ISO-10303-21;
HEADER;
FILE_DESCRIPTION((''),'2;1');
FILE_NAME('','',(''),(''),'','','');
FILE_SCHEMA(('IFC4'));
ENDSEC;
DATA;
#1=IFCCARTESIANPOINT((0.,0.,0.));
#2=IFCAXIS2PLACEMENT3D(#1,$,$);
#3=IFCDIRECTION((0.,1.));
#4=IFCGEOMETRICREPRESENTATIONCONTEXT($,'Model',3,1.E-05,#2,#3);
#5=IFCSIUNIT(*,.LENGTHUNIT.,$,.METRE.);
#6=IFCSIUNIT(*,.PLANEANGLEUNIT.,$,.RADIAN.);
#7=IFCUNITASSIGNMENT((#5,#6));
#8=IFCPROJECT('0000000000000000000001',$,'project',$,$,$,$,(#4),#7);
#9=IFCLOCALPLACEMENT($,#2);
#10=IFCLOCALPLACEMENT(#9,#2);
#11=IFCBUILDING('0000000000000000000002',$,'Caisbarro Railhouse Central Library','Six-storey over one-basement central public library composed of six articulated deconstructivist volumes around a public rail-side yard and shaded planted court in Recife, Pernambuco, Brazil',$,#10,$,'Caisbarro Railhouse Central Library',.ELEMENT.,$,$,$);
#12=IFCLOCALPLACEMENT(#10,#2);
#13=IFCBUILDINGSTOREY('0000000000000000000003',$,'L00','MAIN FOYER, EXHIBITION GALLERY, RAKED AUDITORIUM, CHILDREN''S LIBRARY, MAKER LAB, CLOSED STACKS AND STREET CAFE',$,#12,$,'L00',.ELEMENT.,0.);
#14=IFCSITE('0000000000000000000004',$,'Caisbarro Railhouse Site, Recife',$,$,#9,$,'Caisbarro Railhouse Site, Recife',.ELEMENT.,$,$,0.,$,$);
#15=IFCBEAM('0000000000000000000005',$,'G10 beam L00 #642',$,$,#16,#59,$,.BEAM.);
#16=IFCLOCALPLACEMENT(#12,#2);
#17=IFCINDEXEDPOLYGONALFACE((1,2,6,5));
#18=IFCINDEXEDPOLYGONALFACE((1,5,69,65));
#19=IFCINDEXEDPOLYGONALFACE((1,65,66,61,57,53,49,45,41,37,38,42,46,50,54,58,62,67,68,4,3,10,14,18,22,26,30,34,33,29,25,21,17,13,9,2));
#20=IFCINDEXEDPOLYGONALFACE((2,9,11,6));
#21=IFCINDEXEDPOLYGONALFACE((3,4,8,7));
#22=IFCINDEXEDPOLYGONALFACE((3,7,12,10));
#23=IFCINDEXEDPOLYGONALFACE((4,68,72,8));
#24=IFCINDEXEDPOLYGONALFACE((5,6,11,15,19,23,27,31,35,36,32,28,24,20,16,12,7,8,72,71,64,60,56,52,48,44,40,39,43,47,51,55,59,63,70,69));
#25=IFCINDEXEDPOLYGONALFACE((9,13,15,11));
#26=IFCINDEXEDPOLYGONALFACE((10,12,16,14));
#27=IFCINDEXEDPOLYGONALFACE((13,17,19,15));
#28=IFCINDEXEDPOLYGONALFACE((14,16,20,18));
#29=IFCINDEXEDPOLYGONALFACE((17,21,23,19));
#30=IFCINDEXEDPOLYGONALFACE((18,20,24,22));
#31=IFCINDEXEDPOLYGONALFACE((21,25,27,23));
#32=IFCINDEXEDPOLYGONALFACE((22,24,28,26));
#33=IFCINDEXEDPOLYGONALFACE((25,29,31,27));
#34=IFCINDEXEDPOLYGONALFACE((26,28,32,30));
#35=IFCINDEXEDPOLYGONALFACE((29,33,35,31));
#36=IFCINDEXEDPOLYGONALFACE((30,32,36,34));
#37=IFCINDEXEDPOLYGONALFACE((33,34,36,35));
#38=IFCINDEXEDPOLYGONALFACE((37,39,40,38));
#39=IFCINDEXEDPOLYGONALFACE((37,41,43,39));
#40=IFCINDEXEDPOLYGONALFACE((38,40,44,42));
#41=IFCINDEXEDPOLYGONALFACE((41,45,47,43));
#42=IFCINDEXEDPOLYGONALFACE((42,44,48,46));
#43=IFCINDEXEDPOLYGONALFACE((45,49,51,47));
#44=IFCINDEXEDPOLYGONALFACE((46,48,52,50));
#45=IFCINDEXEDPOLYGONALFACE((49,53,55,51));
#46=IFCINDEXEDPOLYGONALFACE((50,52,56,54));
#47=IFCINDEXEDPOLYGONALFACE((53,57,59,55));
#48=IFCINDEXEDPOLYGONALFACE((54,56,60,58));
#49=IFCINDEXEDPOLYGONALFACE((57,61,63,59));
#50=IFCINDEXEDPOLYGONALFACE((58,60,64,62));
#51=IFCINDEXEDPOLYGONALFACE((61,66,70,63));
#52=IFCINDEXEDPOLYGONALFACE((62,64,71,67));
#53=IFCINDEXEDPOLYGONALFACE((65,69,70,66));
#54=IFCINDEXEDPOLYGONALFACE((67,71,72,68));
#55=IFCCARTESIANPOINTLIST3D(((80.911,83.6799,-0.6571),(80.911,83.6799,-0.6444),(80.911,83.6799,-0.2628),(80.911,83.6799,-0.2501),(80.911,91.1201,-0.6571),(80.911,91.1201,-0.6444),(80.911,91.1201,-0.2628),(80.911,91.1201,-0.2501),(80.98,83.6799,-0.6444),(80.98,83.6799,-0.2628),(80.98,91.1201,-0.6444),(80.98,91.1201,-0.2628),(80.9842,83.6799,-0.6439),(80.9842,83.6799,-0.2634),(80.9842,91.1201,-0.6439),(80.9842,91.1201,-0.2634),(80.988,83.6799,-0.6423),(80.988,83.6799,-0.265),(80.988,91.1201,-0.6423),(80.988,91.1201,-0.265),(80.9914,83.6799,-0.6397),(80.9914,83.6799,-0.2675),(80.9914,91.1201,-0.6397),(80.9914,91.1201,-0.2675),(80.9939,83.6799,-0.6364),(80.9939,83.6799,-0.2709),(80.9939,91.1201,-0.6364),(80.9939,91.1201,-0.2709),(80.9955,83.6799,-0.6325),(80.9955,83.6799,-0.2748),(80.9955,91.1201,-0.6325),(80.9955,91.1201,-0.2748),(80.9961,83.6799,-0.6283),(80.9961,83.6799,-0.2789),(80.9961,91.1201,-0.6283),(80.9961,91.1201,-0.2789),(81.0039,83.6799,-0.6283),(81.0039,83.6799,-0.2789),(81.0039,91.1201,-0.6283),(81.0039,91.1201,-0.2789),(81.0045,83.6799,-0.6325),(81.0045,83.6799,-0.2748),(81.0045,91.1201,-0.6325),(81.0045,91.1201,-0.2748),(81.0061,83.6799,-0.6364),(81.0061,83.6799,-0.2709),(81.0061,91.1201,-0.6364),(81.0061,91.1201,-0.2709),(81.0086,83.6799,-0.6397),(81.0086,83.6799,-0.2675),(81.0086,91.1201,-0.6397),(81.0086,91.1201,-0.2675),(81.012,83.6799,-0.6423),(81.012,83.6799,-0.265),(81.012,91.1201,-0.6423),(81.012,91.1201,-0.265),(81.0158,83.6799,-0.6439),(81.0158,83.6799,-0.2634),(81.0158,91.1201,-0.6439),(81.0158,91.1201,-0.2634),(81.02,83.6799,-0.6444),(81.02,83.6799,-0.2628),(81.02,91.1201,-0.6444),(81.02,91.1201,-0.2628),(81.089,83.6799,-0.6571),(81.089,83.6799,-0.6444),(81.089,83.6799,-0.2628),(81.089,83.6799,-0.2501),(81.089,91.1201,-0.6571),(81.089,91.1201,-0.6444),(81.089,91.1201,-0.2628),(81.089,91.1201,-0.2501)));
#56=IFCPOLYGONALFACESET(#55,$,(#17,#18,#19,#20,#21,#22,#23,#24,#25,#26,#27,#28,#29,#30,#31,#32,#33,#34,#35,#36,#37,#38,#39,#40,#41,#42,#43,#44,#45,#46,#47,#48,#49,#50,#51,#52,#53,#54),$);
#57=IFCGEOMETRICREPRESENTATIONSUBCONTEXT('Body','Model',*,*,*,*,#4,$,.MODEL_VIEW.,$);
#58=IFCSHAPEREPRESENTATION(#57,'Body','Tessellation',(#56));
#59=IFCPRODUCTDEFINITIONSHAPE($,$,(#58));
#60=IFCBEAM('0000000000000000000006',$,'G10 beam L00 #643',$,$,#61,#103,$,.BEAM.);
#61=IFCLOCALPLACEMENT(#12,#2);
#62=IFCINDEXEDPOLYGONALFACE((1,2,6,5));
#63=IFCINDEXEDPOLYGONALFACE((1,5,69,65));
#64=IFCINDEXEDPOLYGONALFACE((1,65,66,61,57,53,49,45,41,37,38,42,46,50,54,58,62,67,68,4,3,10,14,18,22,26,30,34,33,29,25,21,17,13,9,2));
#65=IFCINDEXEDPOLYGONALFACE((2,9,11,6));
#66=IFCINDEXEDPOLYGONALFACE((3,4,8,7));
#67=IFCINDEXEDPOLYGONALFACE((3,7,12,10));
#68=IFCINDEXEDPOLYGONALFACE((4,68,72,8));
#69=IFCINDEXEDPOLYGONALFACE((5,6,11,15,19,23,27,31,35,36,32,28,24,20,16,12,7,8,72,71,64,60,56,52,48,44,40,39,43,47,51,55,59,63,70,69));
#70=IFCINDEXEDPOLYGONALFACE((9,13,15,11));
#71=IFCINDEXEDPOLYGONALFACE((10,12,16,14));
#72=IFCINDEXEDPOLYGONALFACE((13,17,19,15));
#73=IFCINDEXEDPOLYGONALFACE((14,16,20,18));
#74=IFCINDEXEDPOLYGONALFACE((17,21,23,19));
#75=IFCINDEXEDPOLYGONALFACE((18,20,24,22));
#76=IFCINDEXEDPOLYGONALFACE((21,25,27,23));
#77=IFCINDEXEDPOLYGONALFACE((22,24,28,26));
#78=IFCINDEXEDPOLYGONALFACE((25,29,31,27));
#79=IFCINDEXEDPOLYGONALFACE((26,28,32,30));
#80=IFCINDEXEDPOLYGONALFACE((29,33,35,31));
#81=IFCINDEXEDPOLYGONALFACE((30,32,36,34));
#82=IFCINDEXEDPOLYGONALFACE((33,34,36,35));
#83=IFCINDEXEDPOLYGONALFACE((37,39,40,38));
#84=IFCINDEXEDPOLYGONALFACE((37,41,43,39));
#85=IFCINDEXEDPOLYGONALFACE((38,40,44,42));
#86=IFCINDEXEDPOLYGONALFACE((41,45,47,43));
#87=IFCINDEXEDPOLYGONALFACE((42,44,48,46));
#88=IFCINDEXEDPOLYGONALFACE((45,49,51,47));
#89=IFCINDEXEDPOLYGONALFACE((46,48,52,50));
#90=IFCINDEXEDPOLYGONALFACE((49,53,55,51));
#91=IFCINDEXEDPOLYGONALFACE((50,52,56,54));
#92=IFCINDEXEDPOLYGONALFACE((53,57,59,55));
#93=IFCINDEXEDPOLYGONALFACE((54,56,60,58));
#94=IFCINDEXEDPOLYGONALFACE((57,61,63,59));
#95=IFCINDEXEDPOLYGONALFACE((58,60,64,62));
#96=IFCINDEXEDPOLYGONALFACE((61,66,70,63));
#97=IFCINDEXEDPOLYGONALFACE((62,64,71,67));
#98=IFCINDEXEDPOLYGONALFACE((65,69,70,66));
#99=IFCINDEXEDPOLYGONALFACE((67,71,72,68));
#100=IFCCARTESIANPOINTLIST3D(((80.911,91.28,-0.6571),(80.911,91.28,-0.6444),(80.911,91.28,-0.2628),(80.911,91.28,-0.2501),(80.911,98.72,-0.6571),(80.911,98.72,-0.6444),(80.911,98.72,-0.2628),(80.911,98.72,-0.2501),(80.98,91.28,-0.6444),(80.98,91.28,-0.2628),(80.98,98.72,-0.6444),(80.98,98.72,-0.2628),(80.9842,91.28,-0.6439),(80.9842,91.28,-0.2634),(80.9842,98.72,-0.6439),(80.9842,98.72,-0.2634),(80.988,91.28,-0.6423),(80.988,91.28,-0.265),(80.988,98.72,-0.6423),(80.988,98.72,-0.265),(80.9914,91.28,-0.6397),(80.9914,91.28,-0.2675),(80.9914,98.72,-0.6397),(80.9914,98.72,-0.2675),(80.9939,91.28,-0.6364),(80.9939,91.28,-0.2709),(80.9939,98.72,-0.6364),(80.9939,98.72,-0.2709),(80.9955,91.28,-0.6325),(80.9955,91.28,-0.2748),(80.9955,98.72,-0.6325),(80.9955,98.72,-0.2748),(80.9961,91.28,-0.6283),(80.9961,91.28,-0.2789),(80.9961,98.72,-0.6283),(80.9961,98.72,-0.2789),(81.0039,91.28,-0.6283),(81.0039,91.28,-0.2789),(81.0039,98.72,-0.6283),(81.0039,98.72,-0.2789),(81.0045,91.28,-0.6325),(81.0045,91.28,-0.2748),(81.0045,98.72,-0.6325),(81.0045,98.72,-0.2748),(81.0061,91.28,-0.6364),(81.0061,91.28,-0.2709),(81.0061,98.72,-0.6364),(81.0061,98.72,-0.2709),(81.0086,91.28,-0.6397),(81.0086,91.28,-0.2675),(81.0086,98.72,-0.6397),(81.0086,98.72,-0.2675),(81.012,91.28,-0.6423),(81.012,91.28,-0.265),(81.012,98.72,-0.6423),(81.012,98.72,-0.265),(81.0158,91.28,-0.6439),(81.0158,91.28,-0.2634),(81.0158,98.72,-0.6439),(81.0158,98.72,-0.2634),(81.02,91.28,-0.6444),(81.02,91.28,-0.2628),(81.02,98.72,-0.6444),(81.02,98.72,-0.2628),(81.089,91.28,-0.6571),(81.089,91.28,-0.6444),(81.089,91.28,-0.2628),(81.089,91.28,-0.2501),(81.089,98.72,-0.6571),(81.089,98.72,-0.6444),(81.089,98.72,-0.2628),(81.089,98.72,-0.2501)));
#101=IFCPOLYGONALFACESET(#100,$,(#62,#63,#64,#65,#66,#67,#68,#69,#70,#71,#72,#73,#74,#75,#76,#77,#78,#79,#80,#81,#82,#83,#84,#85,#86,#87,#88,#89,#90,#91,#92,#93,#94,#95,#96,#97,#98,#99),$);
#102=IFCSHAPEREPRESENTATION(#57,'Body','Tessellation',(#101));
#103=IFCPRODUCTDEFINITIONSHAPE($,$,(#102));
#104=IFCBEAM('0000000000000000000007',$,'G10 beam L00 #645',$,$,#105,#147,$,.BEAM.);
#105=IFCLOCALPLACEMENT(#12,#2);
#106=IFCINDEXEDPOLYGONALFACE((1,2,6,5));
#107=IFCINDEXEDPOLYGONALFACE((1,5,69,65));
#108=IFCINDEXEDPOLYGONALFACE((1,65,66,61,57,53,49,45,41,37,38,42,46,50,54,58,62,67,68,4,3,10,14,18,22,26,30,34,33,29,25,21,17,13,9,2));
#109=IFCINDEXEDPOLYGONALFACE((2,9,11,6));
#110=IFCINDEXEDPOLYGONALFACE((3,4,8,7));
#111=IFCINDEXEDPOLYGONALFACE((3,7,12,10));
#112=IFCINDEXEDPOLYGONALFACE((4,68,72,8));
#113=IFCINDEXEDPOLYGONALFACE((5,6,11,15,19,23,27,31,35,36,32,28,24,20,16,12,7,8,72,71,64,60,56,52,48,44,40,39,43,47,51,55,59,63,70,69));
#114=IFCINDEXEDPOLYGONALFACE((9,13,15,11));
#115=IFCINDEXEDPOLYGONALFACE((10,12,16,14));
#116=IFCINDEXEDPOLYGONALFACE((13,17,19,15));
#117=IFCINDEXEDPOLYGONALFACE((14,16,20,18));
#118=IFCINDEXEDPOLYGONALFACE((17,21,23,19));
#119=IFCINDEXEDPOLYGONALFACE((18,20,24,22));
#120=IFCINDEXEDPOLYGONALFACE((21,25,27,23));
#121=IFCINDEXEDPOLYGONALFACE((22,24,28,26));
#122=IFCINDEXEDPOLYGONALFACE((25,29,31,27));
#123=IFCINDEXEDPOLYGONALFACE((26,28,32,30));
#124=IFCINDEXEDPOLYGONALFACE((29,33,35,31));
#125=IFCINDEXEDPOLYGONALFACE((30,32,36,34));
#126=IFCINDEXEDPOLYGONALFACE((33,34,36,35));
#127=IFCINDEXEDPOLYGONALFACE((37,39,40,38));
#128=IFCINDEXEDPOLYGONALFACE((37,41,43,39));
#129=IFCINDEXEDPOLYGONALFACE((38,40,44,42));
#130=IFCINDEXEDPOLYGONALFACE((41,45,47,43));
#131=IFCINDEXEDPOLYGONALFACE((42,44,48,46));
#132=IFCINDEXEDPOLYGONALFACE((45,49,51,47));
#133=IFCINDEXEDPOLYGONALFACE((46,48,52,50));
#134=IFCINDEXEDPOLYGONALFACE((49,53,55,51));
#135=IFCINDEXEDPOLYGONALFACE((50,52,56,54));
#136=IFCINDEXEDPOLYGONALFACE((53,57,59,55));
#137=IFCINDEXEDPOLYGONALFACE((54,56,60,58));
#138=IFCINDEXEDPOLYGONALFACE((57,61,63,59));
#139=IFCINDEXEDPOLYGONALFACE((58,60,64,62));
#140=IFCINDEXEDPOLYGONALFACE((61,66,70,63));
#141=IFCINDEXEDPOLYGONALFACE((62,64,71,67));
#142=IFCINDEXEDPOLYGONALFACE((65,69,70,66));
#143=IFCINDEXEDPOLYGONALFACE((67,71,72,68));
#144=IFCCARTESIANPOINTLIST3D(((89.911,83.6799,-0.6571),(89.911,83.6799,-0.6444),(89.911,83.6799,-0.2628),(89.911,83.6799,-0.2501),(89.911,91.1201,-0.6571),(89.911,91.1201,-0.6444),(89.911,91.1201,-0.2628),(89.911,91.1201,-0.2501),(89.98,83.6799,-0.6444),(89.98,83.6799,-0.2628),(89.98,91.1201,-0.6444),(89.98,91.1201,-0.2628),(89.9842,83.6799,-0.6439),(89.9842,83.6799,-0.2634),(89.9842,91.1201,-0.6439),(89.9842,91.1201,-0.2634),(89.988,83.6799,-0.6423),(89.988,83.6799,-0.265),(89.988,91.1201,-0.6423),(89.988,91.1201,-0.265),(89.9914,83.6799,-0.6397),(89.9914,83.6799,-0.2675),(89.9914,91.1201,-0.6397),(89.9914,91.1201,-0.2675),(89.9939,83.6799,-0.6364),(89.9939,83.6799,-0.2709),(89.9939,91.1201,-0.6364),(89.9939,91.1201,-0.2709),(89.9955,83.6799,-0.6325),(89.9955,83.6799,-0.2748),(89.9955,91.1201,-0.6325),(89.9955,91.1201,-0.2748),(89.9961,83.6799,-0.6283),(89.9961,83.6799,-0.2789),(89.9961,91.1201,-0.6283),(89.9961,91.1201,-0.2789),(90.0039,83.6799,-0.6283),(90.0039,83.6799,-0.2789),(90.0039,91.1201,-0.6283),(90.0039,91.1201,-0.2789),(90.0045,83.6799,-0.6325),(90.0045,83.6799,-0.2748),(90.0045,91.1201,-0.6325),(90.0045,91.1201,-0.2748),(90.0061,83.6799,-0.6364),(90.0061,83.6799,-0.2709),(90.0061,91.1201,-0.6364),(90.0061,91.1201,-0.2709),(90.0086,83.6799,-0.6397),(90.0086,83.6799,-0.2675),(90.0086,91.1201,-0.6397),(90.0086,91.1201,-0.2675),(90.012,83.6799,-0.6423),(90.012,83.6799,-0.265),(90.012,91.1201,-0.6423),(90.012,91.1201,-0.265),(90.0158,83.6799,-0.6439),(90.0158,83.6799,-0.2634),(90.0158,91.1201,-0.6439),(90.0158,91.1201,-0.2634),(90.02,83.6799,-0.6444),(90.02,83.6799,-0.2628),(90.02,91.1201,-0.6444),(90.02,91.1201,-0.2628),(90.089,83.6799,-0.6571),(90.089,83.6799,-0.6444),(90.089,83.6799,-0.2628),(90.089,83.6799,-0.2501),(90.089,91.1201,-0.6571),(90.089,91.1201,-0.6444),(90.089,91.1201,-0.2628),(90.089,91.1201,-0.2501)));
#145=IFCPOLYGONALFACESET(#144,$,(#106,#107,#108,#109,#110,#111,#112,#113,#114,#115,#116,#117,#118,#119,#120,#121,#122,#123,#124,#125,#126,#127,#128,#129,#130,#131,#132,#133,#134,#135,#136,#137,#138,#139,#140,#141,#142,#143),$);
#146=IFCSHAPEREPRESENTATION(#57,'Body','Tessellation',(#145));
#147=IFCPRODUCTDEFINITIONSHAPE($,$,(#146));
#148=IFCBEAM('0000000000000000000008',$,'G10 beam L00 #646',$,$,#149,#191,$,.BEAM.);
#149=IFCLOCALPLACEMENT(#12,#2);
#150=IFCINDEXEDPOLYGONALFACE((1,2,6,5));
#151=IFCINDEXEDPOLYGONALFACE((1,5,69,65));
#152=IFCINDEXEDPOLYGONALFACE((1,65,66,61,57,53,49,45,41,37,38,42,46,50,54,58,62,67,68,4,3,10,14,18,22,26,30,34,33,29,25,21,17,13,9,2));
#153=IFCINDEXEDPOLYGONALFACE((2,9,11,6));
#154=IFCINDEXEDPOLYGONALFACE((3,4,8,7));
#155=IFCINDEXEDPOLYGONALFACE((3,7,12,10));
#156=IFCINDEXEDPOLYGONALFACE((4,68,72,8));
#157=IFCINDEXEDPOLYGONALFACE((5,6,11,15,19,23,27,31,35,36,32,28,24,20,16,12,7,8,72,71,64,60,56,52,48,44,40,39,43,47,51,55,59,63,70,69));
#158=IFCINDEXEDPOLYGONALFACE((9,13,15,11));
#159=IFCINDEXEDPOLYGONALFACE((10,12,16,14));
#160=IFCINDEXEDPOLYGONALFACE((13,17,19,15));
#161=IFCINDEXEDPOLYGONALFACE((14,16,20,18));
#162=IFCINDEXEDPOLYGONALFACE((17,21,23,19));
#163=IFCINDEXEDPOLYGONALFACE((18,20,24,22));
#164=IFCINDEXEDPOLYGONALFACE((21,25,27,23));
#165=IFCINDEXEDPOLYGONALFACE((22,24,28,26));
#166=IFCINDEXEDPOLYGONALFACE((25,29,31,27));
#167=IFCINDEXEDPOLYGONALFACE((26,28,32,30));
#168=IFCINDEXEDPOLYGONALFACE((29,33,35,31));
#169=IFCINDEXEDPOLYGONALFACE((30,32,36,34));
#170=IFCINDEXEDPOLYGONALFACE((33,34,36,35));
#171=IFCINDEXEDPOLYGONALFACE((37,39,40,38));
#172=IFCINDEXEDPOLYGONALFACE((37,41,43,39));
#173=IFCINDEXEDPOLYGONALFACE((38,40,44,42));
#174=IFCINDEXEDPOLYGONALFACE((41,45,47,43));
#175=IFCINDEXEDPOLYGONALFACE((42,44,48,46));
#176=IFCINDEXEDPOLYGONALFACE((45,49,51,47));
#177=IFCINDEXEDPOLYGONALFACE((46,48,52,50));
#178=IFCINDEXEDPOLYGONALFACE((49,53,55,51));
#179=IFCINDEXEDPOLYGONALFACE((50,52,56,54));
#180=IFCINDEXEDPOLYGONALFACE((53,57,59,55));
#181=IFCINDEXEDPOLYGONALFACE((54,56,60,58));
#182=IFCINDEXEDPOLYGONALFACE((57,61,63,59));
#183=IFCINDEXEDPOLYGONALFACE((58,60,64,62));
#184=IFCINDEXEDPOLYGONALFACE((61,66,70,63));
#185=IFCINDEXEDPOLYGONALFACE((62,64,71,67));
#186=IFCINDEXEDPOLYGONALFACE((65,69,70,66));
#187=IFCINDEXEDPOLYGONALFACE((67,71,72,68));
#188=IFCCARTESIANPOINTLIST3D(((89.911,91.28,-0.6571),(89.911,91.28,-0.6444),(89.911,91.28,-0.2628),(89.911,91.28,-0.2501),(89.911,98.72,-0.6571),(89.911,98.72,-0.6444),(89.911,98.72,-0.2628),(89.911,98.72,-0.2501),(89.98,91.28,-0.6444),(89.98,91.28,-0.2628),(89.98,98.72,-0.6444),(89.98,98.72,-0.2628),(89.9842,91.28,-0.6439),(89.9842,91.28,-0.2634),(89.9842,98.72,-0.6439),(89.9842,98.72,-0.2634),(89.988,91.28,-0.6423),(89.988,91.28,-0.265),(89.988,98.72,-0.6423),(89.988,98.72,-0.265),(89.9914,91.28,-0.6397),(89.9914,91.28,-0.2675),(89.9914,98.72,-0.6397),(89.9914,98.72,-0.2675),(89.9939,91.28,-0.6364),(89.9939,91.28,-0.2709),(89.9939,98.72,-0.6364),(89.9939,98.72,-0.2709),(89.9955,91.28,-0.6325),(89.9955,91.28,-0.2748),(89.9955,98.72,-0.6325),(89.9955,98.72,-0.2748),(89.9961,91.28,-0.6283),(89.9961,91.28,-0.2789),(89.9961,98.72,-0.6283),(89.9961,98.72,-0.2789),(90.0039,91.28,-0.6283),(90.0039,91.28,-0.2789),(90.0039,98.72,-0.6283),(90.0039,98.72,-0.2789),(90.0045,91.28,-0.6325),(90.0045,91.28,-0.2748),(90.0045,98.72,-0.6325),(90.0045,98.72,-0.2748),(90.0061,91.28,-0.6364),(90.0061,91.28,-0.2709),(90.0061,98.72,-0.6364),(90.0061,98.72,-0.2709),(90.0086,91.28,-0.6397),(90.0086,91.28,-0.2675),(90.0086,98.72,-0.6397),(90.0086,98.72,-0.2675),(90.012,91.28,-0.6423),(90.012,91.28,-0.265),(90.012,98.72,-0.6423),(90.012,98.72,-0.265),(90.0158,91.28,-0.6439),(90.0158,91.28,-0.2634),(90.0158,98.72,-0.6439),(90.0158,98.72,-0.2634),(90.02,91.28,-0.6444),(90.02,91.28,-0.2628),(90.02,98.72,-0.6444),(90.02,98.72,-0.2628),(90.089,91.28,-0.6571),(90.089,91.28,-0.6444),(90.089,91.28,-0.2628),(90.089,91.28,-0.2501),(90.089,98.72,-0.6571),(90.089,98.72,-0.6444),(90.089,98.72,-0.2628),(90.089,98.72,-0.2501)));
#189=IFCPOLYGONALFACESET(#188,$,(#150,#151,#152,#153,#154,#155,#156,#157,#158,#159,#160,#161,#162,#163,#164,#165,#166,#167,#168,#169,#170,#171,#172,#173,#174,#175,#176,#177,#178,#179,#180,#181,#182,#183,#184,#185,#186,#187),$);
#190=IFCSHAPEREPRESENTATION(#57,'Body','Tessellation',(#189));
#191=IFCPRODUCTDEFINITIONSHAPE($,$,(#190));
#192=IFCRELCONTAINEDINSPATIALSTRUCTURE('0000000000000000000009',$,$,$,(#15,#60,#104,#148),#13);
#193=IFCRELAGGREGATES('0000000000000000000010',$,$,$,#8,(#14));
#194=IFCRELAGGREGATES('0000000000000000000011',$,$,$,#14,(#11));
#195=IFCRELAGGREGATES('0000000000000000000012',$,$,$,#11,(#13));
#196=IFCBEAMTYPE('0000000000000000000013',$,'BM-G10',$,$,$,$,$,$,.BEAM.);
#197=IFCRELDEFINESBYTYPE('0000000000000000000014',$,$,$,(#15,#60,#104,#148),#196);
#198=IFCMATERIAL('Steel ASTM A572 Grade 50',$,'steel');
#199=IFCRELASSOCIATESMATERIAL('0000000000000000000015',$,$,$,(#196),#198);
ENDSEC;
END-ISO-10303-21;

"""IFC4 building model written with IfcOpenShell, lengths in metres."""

from ifc_helpers import new_model, si_unit, direction, frame, origin, origin_2d, place, context, subcontext, project, spatial, i_section, extrude, material, material_profile, profile_set, type_object, element, save


model = new_model("IFC4")

# Units and contexts
model_context = context("Model", 3, precision=1e-05, world=origin(), true_north=direction((0.0, 1.0)))
body_context = subcontext(model_context, "Body", "Model", "MODEL_VIEW")
ifc_project = project(units=[si_unit("LENGTHUNIT", "METRE"), si_unit("PLANEANGLEUNIT", "RADIAN")], contexts=[model_context])

# Site, building, storey
site_placement = place(None, origin())
site = spatial("IfcSite", under=ifc_project, at=site_placement, Name="Caisbarro Railhouse Site, Recife", LongName="Caisbarro Railhouse Site, Recife", CompositionType="ELEMENT", RefElevation=0.0)
building_placement = place(site_placement, origin())
building = spatial("IfcBuilding", under=site, at=building_placement, Name="Caisbarro Railhouse Central Library", Description="Six-storey over one-basement central public library composed of six articulated deconstructivist volumes around a public rail-side yard and shaded planted court in Recife, Pernambuco, Brazil", LongName="Caisbarro Railhouse Central Library", CompositionType="ELEMENT")
storey_placement = place(building_placement, origin())
storey = spatial("IfcBuildingStorey", under=building, at=storey_placement, Name="L00", Description="MAIN FOYER, EXHIBITION GALLERY, RAKED AUDITORIUM, CHILDREN'S LIBRARY, MAKER LAB, CLOSED STACKS AND STREET CAFE", LongName="L00", CompositionType="ELEMENT", Elevation=0.0)

# Shared definitions
ifc_material_1 = material(Name="Steel ASTM A572 Grade 50", Category="steel")

# Beams
ifc_material_profile_1 = material_profile(ifc_material_1, i_section(OverallWidth=0.178, OverallDepth=0.407, WebThickness=0.0078, FlangeThickness=0.0127, FilletRadius=0.0161, at=origin_2d()), Name="W410X60.0")
ifc_profile_set_1 = profile_set([ifc_material_profile_1], Name="Steel ASTM A572 Grade 50")
beam_type_1 = type_object("IfcBeamType", Name="BM-G10", PredefinedType="BEAM", material=ifc_profile_set_1)
beam_1_placement = place(storey_placement, frame((81.0, 83.6799, -0.4536), z_axis=(0.0, 1.0, 0.0), x_axis=(-1.0, 0.0, 0.0)))
element("IfcBeam", 1, at=beam_1_placement, inside=storey, type_object=beam_type_1, Name="G10 beam L00 #642", PredefinedType="BEAM", context=body_context, shape_type="SweptSolid", body=[
    extrude(i_section(OverallWidth=0.178, OverallDepth=0.407, WebThickness=0.0078, FlangeThickness=0.0127, FilletRadius=0.0161, at=origin_2d()), origin(), (0.0, 0.0, 1.0), 7.4402),
])
beam_2_placement = place(storey_placement, frame((81.0, 91.28, -0.4536), z_axis=(0.0, 1.0, 0.0), x_axis=(-1.0, 0.0, 0.0)))
element("IfcBeam", 2, at=beam_2_placement, inside=storey, type_object=beam_type_1, Name="G10 beam L00 #643", PredefinedType="BEAM", context=body_context, shape_type="SweptSolid", body=[
    extrude(i_section(OverallWidth=0.178, OverallDepth=0.407, WebThickness=0.0078, FlangeThickness=0.0127, FilletRadius=0.0161, at=origin_2d()), origin(), (0.0, 0.0, 1.0), 7.4399),
])
beam_3_placement = place(storey_placement, frame((90.0, 83.6799, -0.4536), z_axis=(0.0, 1.0, 0.0), x_axis=(-1.0, 0.0, 0.0)))
element("IfcBeam", 3, at=beam_3_placement, inside=storey, type_object=beam_type_1, Name="G10 beam L00 #645", PredefinedType="BEAM", context=body_context, shape_type="SweptSolid", body=[
    extrude(i_section(OverallWidth=0.178, OverallDepth=0.407, WebThickness=0.0078, FlangeThickness=0.0127, FilletRadius=0.0161, at=origin_2d()), origin(), (0.0, 0.0, 1.0), 7.4402),
])
beam_4_placement = place(storey_placement, frame((90.0, 91.28, -0.4536), z_axis=(0.0, 1.0, 0.0), x_axis=(-1.0, 0.0, 0.0)))
element("IfcBeam", 4, at=beam_4_placement, inside=storey, type_object=beam_type_1, Name="G10 beam L00 #646", PredefinedType="BEAM", context=body_context, shape_type="SweptSolid", body=[
    extrude(i_section(OverallWidth=0.178, OverallDepth=0.407, WebThickness=0.0078, FlangeThickness=0.0127, FilletRadius=0.0161, at=origin_2d()), origin(), (0.0, 0.0, 1.0), 7.4399),
])

save(model, "model.ifc")
